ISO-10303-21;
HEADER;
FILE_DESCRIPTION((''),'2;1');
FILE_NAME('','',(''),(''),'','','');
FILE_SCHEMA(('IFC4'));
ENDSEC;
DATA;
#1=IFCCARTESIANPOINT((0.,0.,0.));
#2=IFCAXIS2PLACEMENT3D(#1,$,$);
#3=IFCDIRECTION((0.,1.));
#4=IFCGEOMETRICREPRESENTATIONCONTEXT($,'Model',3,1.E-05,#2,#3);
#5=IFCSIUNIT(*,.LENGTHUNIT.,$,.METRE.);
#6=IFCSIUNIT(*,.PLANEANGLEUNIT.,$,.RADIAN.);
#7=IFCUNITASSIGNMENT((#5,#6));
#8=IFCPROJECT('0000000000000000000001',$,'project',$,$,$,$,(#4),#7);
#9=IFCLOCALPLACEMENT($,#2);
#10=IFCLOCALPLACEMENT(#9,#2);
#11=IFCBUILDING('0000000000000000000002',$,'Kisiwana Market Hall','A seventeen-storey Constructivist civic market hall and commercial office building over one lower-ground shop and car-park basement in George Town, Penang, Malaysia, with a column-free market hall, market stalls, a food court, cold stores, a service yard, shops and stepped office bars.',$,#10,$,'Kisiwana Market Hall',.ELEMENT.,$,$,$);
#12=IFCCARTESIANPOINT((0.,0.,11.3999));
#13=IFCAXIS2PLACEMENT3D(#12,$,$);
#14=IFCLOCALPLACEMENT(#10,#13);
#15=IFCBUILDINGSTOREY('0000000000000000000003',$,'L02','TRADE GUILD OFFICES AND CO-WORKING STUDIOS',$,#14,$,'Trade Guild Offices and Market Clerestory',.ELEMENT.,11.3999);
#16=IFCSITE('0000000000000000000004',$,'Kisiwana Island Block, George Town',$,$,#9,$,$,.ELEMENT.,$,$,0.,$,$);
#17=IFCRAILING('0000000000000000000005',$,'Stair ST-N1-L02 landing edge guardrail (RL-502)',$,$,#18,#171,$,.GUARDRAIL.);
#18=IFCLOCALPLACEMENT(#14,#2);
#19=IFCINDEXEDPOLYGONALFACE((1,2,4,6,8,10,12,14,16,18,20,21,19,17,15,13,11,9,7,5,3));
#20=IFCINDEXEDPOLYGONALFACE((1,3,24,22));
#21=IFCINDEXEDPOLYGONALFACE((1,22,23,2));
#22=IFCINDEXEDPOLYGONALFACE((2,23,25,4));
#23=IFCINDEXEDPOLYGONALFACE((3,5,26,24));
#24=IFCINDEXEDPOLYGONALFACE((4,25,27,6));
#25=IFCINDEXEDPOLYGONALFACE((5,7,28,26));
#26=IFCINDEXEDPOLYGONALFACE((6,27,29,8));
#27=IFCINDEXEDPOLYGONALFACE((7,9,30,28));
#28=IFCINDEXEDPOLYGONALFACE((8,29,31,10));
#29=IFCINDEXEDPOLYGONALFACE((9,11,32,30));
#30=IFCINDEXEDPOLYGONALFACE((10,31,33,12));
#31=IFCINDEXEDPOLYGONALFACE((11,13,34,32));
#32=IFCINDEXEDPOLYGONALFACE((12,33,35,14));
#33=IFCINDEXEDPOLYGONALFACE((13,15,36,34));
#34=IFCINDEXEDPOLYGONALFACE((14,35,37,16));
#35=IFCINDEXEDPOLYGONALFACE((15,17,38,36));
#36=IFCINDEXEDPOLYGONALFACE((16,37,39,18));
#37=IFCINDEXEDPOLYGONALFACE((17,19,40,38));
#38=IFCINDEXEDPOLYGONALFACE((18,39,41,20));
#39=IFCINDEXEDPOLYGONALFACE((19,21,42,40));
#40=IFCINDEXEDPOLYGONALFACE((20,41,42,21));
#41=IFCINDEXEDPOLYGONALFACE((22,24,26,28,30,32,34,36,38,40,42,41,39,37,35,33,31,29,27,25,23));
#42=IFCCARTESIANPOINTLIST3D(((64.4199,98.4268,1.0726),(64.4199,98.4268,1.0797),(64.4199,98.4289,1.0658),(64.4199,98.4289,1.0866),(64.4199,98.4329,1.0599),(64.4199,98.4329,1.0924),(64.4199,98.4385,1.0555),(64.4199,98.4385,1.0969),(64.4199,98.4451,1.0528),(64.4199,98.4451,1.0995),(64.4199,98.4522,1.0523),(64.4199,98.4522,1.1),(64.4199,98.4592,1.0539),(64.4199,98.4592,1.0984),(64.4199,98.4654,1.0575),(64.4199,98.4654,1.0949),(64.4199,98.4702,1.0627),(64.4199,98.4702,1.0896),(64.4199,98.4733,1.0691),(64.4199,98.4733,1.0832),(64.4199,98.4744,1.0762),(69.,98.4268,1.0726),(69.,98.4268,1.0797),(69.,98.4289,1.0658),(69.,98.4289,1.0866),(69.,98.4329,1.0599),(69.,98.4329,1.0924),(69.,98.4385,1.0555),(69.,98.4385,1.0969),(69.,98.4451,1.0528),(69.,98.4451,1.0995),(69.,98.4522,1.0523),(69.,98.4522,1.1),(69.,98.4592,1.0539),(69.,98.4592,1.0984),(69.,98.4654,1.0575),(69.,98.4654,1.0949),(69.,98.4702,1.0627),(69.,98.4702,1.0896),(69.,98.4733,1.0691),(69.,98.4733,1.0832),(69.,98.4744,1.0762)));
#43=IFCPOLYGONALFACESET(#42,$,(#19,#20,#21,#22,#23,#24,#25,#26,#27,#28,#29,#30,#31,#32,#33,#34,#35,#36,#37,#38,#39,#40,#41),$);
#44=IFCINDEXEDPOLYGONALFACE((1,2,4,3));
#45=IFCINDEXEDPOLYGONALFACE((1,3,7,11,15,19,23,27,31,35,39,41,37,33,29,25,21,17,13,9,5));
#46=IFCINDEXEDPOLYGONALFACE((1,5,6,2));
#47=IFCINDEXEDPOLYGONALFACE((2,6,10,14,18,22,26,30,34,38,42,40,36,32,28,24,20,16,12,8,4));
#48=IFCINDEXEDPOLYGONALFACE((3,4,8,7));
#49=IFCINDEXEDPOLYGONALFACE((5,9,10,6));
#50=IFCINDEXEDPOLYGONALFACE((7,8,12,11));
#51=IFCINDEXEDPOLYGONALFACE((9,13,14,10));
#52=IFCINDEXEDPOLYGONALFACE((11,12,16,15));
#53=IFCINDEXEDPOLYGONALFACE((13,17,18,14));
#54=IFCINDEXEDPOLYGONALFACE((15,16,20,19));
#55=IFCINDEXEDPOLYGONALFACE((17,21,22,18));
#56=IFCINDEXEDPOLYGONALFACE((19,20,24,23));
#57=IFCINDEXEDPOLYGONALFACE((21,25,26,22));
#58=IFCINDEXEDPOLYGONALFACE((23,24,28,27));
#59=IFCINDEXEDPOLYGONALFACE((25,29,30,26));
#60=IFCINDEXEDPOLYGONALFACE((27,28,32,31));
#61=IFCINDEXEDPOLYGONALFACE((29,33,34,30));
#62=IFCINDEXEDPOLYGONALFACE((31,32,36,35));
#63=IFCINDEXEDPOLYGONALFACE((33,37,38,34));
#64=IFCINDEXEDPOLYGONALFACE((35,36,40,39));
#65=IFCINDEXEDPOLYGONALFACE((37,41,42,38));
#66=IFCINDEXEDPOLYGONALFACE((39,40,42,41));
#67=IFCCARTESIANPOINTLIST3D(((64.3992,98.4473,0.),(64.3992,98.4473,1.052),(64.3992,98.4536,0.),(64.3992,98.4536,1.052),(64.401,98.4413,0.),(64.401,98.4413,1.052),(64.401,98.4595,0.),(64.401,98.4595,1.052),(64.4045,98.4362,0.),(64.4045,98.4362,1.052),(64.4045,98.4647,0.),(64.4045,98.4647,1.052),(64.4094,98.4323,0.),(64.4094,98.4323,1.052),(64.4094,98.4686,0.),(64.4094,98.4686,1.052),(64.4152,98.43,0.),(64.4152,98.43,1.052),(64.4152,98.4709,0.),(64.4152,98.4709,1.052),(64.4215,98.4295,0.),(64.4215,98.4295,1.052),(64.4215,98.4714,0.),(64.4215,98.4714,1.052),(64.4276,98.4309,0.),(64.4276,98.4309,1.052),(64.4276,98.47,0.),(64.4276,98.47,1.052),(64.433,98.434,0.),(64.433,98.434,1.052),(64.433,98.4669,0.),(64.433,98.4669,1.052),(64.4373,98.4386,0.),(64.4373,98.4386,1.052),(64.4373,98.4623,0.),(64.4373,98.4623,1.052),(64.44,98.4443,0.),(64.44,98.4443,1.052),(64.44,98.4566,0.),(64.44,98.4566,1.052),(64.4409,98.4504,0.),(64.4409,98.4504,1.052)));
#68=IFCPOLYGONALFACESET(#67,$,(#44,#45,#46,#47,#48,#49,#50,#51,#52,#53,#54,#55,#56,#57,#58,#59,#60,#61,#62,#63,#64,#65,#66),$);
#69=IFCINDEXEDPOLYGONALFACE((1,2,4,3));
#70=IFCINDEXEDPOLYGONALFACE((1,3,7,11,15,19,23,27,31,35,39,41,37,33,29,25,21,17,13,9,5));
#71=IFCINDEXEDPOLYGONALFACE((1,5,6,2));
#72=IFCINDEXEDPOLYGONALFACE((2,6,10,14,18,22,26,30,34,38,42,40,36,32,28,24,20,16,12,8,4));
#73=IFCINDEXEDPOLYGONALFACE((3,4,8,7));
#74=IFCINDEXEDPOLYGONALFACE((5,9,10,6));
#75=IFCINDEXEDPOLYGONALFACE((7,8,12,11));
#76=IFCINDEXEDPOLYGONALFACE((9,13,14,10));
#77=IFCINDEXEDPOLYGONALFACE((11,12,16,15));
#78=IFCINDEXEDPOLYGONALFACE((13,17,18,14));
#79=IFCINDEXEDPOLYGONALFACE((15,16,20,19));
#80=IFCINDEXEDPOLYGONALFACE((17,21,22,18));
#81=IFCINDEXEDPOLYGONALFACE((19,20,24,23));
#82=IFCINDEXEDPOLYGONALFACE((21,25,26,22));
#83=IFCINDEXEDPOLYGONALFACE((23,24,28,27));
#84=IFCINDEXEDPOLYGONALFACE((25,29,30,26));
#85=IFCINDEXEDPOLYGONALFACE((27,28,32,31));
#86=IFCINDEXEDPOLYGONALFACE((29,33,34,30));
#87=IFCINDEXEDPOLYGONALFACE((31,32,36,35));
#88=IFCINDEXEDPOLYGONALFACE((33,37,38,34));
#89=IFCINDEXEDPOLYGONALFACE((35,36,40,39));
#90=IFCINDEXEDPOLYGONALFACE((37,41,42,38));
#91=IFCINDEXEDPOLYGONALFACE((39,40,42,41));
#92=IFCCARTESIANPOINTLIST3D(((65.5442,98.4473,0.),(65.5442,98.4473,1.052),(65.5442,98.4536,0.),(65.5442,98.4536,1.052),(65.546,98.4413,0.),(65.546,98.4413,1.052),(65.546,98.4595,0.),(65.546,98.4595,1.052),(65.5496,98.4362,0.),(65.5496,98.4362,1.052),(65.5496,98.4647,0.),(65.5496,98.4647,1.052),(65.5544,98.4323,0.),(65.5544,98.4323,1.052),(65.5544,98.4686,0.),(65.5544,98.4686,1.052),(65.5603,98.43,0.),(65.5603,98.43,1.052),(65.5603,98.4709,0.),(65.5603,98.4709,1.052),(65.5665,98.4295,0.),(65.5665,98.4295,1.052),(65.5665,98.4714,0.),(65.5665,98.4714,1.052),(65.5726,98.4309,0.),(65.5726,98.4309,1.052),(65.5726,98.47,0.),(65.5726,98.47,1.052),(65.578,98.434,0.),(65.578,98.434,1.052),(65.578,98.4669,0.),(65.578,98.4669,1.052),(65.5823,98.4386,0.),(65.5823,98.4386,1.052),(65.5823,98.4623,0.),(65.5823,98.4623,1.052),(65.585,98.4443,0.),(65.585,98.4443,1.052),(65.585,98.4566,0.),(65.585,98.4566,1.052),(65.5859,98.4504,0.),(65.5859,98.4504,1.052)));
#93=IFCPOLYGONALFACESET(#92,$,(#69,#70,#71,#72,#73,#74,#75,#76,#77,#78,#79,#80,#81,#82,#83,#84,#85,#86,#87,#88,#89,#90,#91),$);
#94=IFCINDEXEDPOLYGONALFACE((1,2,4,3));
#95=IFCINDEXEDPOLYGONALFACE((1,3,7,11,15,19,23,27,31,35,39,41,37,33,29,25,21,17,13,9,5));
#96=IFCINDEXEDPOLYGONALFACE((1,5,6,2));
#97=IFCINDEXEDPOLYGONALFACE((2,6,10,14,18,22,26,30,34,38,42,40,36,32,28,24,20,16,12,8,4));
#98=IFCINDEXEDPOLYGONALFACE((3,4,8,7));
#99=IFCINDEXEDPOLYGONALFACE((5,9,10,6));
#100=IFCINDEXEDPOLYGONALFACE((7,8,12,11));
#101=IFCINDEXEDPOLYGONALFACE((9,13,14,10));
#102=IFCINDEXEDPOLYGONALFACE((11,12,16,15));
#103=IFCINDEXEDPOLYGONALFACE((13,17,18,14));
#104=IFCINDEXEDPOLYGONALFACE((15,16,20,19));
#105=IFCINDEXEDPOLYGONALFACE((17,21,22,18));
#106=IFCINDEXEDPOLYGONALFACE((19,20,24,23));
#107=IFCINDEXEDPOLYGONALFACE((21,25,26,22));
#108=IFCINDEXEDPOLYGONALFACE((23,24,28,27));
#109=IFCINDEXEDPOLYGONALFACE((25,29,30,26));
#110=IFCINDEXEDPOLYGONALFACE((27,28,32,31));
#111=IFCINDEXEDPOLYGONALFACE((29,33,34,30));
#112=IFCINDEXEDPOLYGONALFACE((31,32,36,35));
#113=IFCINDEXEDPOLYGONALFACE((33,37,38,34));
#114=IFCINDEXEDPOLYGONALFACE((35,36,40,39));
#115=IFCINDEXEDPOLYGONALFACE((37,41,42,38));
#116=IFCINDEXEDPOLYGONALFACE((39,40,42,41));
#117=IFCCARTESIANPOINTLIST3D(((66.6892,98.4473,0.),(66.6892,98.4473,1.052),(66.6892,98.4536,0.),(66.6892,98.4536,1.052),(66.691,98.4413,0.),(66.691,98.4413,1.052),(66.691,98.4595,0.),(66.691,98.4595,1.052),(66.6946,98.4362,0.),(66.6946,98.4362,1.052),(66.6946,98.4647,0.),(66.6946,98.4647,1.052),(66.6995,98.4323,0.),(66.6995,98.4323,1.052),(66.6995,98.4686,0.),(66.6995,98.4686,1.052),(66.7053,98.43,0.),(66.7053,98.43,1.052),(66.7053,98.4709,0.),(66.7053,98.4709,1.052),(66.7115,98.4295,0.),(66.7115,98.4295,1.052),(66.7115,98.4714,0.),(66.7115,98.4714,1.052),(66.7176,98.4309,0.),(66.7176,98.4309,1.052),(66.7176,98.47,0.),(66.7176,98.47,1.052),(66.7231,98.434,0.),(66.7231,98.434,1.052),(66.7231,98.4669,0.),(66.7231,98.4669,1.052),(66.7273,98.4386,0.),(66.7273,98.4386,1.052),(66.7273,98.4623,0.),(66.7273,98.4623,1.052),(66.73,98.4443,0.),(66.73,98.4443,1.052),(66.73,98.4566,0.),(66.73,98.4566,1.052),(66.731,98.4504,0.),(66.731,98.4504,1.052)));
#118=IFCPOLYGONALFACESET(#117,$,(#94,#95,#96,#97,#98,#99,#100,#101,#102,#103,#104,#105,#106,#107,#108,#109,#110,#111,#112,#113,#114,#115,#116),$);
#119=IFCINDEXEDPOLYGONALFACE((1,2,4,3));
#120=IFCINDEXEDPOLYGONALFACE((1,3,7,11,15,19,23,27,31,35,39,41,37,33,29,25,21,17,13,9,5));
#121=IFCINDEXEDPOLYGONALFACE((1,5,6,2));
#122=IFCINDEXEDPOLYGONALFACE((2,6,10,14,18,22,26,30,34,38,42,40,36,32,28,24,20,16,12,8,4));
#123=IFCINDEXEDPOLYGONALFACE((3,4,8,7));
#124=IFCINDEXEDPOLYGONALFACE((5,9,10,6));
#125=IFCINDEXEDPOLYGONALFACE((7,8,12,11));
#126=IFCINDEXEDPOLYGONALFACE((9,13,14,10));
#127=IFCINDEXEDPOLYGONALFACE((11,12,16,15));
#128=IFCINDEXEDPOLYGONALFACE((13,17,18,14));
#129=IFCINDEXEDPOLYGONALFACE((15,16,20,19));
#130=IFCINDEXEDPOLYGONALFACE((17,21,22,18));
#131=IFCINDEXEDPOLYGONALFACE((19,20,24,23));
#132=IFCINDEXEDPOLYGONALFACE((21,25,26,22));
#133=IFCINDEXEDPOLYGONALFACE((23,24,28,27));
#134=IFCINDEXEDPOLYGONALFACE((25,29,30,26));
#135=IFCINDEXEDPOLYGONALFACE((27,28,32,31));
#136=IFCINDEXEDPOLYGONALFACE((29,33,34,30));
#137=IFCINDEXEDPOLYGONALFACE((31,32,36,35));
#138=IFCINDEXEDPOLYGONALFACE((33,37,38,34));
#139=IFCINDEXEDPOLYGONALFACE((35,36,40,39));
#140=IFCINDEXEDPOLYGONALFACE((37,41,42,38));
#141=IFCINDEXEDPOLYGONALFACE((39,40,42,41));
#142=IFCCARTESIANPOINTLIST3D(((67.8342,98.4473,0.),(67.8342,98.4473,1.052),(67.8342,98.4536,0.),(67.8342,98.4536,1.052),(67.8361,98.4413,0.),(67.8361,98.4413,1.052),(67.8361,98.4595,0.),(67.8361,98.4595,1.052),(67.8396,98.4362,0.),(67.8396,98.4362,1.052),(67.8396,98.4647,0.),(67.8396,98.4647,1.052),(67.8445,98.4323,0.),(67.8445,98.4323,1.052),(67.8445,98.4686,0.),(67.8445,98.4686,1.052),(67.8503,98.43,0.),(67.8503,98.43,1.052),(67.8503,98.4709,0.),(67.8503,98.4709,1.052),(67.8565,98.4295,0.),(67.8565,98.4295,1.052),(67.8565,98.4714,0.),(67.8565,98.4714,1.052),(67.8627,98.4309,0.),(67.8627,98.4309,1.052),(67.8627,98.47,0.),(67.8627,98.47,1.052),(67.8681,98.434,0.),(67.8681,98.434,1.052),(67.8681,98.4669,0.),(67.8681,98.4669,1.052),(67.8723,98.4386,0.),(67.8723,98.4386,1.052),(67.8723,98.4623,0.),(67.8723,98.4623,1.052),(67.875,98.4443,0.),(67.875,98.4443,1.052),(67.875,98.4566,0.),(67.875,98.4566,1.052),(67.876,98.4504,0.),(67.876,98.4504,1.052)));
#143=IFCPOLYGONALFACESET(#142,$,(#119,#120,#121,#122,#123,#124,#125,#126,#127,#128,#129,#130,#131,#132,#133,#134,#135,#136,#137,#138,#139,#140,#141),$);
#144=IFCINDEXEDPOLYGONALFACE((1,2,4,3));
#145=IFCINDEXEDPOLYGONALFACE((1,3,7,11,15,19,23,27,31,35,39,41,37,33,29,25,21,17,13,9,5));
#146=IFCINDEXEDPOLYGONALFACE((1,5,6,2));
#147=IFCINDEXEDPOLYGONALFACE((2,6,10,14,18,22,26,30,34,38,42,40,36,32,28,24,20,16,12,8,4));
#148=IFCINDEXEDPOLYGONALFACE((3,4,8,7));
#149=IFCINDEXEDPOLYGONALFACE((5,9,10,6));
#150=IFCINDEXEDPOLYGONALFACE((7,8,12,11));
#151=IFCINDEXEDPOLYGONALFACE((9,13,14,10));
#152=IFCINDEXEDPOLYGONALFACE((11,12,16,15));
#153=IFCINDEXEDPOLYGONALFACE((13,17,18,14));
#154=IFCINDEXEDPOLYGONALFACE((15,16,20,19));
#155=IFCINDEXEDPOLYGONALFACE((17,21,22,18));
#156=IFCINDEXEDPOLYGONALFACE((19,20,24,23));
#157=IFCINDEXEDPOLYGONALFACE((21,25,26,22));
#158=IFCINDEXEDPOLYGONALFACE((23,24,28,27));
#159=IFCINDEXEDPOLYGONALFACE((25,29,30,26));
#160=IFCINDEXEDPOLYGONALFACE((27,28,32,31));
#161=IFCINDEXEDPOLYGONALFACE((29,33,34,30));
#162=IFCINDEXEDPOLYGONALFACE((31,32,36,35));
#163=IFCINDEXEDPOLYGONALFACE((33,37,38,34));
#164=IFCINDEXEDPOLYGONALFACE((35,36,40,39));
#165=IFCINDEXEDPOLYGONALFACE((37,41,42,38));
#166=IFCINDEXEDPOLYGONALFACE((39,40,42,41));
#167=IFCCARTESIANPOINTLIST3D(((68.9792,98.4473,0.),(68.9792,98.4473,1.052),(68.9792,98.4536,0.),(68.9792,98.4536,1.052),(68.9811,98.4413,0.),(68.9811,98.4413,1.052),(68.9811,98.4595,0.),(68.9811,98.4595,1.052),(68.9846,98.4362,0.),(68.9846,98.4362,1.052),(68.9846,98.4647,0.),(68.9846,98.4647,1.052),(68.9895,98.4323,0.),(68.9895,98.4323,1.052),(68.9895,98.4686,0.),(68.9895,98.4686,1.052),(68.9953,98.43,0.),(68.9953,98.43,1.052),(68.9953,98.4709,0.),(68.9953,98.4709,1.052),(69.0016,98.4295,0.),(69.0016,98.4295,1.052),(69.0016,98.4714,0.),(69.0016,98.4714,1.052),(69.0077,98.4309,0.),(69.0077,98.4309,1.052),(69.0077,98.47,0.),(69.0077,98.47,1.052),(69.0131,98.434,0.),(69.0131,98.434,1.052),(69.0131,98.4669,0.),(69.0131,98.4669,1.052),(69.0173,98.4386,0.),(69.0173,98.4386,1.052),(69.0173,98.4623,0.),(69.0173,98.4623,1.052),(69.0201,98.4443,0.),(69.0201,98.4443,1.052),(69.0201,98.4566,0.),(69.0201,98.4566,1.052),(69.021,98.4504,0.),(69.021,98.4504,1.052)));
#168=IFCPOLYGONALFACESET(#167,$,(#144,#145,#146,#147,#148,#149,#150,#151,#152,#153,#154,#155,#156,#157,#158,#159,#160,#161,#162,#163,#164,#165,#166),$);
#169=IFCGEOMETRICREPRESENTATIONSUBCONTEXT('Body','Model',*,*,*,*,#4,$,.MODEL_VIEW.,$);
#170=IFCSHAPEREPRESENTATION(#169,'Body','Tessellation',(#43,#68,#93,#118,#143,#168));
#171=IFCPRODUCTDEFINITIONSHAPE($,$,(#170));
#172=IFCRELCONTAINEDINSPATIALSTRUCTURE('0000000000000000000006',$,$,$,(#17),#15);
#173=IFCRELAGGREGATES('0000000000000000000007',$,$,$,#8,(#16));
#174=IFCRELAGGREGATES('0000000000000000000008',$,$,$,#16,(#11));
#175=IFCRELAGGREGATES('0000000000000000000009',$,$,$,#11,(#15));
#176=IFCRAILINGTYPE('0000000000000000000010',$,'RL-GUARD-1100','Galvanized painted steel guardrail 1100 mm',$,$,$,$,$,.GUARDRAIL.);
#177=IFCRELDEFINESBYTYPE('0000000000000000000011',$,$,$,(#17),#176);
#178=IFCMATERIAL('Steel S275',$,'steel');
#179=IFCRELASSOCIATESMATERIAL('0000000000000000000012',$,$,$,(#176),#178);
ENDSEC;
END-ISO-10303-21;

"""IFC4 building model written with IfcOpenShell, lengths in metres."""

from ifc_helpers import new_model, si_unit, direction, frame, origin, origin_2d, place, context, subcontext, project, spatial, circle, extrude, material, type_object, element, save


model = new_model("IFC4")

# Units and contexts
model_context = context("Model", 3, precision=1e-05, world=origin(), true_north=direction((0.0, 1.0)))
body_context = subcontext(model_context, "Body", "Model", "MODEL_VIEW")
ifc_project = project(units=[si_unit("LENGTHUNIT", "METRE"), si_unit("PLANEANGLEUNIT", "RADIAN")], contexts=[model_context])

# Site, building, storey
site_placement = place(None, origin())
site = spatial("IfcSite", under=ifc_project, at=site_placement, Name="Kisiwana Island Block, George Town", CompositionType="ELEMENT", RefElevation=0.0)
building_placement = place(site_placement, origin())
building = spatial("IfcBuilding", under=site, at=building_placement, Name="Kisiwana Market Hall", Description="A seventeen-storey Constructivist civic market hall and commercial office building over one lower-ground shop and car-park basement in George Town, Penang, Malaysia, with a column-free market hall, market stalls, a food court, cold stores, a service yard, shops and stepped office bars.", LongName="Kisiwana Market Hall", CompositionType="ELEMENT")
storey_placement = place(building_placement, frame((0.0, 0.0, 11.3999)))
storey = spatial("IfcBuildingStorey", under=building, at=storey_placement, Name="L02", Description="TRADE GUILD OFFICES AND CO-WORKING STUDIOS", LongName="Trade Guild Offices and Market Clerestory", CompositionType="ELEMENT", Elevation=11.3999)

# Railing
ifc_material_1 = material(Name="Steel S275", Category="steel")
railing_type_1 = type_object("IfcRailingType", Name="RL-GUARD-1100", Description="Galvanized painted steel guardrail 1100 mm", PredefinedType="GUARDRAIL", material=ifc_material_1)
railing_1_placement = place(storey_placement, frame((64.4199, 98.4504, 0.0)))
element("IfcRailing", 1, at=railing_1_placement, inside=storey, type_object=railing_type_1, Name="Stair ST-N1-L02 landing edge guardrail (RL-502)", PredefinedType="GUARDRAIL", context=body_context, shape_type="SweptSolid", body=[
    extrude(circle(Radius=0.0239, at=origin_2d()), frame((0.0, 0.0, 1.0762), z_axis=(1.0, 0.0, 0.0), x_axis=(0.0, 1.0, 0.0)), (0.0, 0.0, 1.0), 4.5801),
    extrude(circle(Radius=0.021, at=origin_2d()), origin(), (0.0, 0.0, 1.0), 1.052),
    extrude(circle(Radius=0.021, at=origin_2d()), frame((1.145, 0.0, 0.0)), (0.0, 0.0, 1.0), 1.052),
    extrude(circle(Radius=0.021, at=origin_2d()), frame((2.29, 0.0, 0.0)), (0.0, 0.0, 1.0), 1.052),
    extrude(circle(Radius=0.021, at=origin_2d()), frame((3.4351, 0.0, 0.0)), (0.0, 0.0, 1.0), 1.052),
    extrude(circle(Radius=0.021, at=origin_2d()), frame((4.5801, 0.0, 0.0)), (0.0, 0.0, 1.0), 1.052),
])

save(model, "model.ifc")
